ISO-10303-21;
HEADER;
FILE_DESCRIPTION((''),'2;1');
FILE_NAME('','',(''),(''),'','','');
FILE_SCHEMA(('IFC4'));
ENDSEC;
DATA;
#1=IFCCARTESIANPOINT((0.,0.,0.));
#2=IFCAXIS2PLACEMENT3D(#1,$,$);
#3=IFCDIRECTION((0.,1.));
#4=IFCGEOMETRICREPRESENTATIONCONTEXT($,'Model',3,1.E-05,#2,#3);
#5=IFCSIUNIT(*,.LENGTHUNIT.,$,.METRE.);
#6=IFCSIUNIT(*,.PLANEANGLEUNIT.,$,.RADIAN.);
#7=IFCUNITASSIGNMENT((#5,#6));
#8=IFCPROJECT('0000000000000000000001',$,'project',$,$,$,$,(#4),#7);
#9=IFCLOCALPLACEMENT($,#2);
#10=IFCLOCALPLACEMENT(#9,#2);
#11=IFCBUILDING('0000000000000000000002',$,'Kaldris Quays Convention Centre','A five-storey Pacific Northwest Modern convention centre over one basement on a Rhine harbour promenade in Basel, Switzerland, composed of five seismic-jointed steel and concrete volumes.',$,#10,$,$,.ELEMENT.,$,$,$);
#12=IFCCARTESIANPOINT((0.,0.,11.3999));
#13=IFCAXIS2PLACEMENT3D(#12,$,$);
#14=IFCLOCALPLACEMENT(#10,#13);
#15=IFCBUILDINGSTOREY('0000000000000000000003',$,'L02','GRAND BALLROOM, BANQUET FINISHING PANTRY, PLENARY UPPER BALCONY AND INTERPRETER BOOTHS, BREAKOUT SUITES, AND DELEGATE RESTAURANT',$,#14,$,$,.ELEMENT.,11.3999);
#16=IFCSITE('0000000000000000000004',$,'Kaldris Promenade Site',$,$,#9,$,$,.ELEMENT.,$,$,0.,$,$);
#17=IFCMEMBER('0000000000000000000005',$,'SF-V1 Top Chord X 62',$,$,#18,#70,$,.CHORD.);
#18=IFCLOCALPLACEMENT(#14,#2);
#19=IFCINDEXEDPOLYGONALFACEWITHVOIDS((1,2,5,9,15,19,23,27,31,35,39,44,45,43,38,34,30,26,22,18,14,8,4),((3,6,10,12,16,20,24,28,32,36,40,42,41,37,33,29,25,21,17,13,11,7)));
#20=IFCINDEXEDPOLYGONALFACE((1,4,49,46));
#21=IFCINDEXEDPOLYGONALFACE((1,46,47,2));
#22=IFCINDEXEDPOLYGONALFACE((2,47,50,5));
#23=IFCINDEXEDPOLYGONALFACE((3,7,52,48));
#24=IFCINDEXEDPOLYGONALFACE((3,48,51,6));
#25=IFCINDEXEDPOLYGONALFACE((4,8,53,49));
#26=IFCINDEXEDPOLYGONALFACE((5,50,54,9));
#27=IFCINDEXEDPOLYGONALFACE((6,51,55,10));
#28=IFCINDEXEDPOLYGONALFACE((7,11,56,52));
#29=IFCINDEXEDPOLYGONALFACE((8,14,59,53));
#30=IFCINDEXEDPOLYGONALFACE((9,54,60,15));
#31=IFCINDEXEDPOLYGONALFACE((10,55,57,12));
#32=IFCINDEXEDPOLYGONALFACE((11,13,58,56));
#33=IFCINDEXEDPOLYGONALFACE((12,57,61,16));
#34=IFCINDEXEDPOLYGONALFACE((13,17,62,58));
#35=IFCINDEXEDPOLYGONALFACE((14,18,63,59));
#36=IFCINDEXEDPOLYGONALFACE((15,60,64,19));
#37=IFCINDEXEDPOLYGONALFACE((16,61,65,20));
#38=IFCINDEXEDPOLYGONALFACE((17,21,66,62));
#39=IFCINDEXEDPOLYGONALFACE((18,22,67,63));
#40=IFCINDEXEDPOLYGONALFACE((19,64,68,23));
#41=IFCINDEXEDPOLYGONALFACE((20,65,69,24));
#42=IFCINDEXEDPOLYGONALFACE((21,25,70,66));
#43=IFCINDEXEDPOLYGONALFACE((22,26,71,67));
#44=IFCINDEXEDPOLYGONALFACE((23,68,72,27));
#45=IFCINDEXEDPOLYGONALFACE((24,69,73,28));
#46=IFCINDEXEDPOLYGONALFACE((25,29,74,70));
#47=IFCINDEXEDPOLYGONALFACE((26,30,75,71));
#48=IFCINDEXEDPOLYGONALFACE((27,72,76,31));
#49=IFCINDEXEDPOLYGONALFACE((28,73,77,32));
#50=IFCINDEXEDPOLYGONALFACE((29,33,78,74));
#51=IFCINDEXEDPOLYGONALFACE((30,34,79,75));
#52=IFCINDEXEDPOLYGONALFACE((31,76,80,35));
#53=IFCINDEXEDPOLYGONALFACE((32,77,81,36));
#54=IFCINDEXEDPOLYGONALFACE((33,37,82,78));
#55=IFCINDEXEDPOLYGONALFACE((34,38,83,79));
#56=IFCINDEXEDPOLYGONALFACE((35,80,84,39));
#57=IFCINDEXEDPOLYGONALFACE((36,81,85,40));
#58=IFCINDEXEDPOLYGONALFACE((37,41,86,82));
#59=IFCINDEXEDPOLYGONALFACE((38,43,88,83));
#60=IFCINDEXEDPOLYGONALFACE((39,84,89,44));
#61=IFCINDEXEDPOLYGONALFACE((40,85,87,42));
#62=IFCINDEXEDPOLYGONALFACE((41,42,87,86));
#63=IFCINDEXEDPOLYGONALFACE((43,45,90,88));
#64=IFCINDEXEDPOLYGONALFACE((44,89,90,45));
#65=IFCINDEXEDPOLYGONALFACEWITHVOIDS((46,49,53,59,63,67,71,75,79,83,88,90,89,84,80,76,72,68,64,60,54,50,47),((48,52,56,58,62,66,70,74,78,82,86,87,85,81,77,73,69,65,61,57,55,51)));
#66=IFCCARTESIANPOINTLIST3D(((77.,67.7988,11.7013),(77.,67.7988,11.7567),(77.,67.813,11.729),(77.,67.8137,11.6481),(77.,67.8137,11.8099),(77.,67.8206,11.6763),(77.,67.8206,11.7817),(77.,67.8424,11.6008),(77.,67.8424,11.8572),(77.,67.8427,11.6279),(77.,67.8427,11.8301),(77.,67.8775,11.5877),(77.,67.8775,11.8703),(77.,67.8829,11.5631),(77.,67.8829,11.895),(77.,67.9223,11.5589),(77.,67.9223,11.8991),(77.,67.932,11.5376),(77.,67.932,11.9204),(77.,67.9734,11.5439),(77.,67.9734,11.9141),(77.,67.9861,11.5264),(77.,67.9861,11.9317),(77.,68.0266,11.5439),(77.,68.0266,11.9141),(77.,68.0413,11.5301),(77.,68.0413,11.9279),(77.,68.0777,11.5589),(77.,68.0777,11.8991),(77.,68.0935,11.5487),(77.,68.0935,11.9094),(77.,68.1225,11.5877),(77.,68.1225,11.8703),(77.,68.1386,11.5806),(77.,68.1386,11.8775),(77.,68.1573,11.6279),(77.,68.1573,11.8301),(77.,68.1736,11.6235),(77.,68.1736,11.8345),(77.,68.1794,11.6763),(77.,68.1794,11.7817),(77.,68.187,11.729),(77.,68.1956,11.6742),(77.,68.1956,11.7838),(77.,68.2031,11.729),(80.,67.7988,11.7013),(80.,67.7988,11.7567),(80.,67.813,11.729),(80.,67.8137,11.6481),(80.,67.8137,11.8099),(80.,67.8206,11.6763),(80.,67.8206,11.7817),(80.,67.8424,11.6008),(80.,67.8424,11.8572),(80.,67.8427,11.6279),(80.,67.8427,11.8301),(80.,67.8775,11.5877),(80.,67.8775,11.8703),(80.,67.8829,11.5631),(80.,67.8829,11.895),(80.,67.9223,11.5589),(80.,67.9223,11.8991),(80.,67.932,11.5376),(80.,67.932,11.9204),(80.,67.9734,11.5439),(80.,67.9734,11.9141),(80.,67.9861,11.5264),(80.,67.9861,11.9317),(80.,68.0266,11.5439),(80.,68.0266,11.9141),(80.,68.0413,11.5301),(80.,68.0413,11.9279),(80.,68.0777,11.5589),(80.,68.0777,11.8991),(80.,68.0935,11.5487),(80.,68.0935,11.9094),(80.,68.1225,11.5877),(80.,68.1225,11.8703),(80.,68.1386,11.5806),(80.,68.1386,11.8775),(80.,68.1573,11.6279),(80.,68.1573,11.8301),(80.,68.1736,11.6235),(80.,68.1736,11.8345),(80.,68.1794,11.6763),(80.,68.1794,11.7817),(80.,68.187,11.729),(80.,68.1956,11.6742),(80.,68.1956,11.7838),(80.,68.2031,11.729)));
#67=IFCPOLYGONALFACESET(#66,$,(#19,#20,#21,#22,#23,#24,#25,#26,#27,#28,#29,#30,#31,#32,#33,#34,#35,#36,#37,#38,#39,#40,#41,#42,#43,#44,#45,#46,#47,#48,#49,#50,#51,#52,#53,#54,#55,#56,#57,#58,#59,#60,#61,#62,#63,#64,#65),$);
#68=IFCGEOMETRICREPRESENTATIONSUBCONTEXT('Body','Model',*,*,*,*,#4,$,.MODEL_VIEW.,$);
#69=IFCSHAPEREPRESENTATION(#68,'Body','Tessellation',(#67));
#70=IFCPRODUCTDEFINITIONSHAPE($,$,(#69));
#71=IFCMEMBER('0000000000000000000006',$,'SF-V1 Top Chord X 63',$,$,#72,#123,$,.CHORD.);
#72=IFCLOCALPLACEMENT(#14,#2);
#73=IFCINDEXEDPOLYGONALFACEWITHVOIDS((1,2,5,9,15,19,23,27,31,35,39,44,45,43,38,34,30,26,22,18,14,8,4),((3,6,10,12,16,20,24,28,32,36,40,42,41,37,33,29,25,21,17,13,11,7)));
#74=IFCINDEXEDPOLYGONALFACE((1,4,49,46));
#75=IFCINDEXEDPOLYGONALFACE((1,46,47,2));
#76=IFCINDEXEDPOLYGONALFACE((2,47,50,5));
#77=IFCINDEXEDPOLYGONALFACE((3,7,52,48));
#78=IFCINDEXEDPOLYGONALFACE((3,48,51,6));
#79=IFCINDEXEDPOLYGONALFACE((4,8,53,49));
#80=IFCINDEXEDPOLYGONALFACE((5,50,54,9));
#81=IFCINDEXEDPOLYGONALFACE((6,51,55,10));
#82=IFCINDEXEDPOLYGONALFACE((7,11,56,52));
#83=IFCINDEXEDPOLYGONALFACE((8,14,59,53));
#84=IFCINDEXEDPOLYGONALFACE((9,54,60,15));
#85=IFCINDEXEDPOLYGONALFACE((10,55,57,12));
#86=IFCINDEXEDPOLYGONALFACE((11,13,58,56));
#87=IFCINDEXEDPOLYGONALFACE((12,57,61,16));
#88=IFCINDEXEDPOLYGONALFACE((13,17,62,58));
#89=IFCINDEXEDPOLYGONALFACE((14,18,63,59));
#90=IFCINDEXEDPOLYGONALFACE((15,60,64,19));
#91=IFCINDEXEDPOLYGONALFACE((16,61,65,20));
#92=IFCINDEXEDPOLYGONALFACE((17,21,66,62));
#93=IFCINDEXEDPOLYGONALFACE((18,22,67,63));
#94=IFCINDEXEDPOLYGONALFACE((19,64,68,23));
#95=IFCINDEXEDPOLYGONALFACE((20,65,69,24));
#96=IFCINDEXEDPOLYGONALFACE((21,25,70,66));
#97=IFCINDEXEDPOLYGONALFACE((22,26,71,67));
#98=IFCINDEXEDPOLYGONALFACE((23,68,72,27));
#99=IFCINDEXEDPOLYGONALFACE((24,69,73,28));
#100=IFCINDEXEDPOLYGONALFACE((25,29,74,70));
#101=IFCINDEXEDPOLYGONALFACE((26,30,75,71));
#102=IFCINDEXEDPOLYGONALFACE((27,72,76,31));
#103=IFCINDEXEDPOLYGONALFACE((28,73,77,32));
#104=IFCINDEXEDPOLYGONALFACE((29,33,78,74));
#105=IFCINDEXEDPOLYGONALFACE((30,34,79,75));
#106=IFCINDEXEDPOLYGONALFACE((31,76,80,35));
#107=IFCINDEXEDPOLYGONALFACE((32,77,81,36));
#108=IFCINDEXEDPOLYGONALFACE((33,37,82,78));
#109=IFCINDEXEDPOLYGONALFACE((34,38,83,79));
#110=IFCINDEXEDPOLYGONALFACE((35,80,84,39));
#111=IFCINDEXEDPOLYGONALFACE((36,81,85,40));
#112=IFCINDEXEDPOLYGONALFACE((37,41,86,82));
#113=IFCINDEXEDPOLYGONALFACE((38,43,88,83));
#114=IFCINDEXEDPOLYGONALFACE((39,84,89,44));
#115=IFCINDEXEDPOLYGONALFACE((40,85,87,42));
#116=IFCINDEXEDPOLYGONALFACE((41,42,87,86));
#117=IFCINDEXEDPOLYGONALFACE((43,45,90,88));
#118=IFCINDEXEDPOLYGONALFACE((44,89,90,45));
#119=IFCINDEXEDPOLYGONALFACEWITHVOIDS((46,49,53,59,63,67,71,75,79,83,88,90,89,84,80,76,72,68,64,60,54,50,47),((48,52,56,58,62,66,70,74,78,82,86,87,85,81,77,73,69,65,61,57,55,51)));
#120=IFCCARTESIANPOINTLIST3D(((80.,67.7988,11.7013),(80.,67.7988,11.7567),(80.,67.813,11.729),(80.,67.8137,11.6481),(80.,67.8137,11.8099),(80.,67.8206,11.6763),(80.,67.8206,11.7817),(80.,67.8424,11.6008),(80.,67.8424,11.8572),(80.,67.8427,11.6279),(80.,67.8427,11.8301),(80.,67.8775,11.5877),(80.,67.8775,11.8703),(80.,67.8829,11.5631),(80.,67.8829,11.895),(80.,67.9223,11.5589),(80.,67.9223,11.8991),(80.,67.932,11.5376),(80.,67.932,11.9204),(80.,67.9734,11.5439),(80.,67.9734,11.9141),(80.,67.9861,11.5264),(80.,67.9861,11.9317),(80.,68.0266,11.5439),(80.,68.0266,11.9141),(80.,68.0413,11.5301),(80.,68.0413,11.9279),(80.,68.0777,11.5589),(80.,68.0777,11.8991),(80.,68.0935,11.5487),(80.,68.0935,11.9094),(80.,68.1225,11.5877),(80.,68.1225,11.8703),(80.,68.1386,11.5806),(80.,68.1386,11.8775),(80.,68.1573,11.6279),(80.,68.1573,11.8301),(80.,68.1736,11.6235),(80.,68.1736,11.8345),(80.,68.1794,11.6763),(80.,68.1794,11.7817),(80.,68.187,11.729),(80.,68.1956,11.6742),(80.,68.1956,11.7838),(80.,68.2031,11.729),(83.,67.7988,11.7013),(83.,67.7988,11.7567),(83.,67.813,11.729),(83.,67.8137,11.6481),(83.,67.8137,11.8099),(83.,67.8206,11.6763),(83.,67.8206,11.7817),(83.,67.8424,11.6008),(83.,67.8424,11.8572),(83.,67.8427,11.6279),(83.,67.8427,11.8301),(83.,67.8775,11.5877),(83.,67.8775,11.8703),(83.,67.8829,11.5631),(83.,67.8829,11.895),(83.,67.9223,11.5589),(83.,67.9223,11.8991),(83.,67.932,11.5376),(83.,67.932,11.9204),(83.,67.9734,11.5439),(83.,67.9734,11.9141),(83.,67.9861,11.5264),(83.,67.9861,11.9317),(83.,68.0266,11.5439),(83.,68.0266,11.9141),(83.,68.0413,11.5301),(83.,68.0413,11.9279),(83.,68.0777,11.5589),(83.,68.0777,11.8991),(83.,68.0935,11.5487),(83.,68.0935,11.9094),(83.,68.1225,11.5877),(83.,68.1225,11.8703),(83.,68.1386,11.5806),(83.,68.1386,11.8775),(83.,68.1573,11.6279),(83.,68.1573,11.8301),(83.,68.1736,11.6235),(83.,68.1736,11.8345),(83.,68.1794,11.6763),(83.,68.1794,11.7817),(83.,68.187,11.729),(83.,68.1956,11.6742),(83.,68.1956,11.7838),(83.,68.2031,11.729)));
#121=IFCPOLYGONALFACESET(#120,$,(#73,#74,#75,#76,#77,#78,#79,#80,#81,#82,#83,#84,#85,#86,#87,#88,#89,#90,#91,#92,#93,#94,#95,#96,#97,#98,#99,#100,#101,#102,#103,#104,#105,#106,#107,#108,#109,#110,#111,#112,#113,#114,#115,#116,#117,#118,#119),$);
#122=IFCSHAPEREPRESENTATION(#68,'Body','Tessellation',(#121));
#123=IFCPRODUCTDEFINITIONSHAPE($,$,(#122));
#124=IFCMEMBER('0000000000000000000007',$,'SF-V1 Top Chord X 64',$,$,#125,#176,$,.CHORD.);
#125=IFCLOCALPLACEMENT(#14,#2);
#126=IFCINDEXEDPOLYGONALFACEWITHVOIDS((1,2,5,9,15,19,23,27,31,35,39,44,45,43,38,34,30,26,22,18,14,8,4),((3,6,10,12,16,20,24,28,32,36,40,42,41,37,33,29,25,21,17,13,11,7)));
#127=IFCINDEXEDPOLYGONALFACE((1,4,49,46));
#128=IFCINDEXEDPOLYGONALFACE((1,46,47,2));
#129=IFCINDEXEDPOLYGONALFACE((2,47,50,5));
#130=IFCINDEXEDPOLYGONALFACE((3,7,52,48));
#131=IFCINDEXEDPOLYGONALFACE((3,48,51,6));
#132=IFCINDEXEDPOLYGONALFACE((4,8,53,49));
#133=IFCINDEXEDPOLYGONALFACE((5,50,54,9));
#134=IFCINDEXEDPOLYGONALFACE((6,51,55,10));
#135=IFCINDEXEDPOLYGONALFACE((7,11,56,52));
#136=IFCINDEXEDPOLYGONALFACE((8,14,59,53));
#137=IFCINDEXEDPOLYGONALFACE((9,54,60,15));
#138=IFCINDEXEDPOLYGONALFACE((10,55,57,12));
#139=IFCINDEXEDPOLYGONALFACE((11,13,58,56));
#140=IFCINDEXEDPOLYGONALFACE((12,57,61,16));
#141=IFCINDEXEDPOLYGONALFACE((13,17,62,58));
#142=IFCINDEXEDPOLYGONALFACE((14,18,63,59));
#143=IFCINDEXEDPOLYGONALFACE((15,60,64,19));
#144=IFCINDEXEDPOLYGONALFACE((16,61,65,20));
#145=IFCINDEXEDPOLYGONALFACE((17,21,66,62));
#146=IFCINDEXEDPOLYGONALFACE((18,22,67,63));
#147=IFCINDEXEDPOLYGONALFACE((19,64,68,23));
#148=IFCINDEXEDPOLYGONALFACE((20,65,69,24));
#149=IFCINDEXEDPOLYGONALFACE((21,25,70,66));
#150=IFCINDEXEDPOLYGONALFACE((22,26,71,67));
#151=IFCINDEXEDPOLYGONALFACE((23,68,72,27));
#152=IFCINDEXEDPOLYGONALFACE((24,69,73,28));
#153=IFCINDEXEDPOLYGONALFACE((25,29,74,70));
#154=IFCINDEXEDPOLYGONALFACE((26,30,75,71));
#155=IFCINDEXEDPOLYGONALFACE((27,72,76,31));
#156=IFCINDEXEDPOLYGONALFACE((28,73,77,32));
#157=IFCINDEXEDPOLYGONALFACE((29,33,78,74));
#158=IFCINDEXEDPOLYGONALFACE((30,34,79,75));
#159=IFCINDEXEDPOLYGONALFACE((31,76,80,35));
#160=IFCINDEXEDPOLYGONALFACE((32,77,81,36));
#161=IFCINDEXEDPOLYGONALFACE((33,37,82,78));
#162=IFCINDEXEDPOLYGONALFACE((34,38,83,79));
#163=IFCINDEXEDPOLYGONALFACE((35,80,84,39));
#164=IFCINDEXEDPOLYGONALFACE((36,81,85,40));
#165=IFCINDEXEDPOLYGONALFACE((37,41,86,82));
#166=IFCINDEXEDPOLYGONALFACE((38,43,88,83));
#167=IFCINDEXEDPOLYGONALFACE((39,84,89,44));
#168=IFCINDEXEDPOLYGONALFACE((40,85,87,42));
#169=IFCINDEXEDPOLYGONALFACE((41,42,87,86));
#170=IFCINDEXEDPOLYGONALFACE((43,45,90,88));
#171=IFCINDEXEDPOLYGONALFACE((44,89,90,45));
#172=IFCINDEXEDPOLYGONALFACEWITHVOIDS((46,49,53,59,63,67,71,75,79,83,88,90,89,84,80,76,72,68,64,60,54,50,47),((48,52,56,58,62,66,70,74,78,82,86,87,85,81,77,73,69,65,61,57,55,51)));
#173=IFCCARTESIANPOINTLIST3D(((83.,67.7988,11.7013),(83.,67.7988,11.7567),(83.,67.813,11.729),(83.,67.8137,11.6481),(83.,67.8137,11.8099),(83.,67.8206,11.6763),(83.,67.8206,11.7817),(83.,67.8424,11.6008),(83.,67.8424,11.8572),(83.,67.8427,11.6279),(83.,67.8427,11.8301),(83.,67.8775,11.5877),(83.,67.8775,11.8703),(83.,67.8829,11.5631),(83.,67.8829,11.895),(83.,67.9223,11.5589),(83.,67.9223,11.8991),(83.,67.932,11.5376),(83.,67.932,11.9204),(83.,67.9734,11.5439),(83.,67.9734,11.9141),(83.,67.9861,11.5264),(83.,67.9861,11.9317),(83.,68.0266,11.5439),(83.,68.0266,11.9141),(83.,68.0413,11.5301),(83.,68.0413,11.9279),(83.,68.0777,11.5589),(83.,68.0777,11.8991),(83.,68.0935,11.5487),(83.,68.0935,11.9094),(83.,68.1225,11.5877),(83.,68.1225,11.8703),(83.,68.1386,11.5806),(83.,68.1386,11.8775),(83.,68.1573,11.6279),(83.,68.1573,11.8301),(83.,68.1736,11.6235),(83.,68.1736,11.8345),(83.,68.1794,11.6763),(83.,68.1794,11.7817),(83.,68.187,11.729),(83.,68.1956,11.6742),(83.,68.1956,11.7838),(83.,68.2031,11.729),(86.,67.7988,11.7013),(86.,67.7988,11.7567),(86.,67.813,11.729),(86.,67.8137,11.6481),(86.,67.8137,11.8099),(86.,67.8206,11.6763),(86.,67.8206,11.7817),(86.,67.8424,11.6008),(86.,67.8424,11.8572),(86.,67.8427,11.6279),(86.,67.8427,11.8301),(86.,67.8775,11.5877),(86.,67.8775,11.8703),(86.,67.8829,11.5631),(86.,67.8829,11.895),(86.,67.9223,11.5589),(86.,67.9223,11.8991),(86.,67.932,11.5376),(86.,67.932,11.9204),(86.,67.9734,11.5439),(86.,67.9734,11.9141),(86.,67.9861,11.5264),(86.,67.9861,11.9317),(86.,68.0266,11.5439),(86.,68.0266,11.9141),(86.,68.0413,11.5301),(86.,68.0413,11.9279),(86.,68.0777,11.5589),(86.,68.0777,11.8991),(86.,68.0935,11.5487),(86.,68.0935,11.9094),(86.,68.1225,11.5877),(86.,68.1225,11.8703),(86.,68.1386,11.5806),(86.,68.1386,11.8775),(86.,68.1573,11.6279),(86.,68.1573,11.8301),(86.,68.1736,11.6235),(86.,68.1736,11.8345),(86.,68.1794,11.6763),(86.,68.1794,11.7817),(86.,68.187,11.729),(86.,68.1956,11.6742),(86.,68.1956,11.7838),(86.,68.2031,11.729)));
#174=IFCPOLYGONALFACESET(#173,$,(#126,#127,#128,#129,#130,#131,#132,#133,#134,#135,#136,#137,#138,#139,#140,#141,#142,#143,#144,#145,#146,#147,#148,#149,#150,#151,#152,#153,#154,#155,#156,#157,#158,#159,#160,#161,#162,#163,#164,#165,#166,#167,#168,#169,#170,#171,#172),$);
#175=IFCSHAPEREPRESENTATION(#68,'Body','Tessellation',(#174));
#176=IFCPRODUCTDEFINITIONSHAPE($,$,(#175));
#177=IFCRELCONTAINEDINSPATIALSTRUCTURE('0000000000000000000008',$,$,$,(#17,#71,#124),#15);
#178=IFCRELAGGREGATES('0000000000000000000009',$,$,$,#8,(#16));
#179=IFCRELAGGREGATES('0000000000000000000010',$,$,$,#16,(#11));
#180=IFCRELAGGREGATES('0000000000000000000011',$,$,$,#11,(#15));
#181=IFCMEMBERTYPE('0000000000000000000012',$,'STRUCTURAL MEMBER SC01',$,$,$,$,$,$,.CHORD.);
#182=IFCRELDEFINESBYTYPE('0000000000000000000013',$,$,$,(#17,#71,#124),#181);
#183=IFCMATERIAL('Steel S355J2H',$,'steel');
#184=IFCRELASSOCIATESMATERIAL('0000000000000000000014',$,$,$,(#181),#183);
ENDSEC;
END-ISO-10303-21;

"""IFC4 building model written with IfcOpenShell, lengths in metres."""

from ifc_helpers import new_model, si_unit, direction, frame, origin, origin_2d, place, context, subcontext, project, spatial, hollow_circle, extrude, material, material_profile, profile_set, type_object, element, save


model = new_model("IFC4")

# Units and contexts
model_context = context("Model", 3, precision=1e-05, world=origin(), true_north=direction((0.0, 1.0)))
body_context = subcontext(model_context, "Body", "Model", "MODEL_VIEW")
ifc_project = project(units=[si_unit("LENGTHUNIT", "METRE"), si_unit("PLANEANGLEUNIT", "RADIAN")], contexts=[model_context])

# Site, building, storey
site_placement = place(None, origin())
site = spatial("IfcSite", under=ifc_project, at=site_placement, Name="Kaldris Promenade Site", CompositionType="ELEMENT", RefElevation=0.0)
building_placement = place(site_placement, origin())
building = spatial("IfcBuilding", under=site, at=building_placement, Name="Kaldris Quays Convention Centre", Description="A five-storey Pacific Northwest Modern convention centre over one basement on a Rhine harbour promenade in Basel, Switzerland, composed of five seismic-jointed steel and concrete volumes.", CompositionType="ELEMENT")
storey_placement = place(building_placement, frame((0.0, 0.0, 11.3999)))
storey = spatial("IfcBuildingStorey", under=building, at=storey_placement, Name="L02", Description="GRAND BALLROOM, BANQUET FINISHING PANTRY, PLENARY UPPER BALCONY AND INTERPRETER BOOTHS, BREAKOUT SUITES, AND DELEGATE RESTAURANT", CompositionType="ELEMENT", Elevation=11.3999)

# Members
ifc_material_1 = material(Name="Steel S355J2H", Category="steel")
ifc_material_profile_1 = material_profile(ifc_material_1, hollow_circle(Radius=0.2031, WallThickness=0.0161, at=origin_2d()), Name="CHS 406.4x16")
ifc_profile_set_1 = profile_set([ifc_material_profile_1], Name="Steel S355J2H")
member_type_1 = type_object("IfcMemberType", Name="STRUCTURAL MEMBER SC01", PredefinedType="CHORD", material=ifc_profile_set_1)
for number, where, z_axis, x_axis, name in (
    (1, (77.0, 68.0, 11.729), (1.0, 0.0, 0.0), (0.0, 1.0, 0.0), "SF-V1 Top Chord X 62"),
    (2, (80.0, 68.0, 11.729), (1.0, 0.0, 0.0), (0.0, 1.0, 0.0), "SF-V1 Top Chord X 63"),
    (3, (83.0, 68.0, 11.729), (1.0, 0.0, 0.0), (0.0, 1.0, 0.0), "SF-V1 Top Chord X 64"),
):
    element("IfcMember", number, at=place(storey_placement, frame(where, z_axis=z_axis, x_axis=x_axis)), inside=storey, type_object=member_type_1, Name=name, PredefinedType="CHORD", context=body_context, shape_type="SweptSolid", body=[
        extrude(hollow_circle(Radius=0.2031, WallThickness=0.0161, at=origin_2d()), origin(), (0.0, 0.0, 1.0), 3.0),
    ])

save(model, "model.ifc")
